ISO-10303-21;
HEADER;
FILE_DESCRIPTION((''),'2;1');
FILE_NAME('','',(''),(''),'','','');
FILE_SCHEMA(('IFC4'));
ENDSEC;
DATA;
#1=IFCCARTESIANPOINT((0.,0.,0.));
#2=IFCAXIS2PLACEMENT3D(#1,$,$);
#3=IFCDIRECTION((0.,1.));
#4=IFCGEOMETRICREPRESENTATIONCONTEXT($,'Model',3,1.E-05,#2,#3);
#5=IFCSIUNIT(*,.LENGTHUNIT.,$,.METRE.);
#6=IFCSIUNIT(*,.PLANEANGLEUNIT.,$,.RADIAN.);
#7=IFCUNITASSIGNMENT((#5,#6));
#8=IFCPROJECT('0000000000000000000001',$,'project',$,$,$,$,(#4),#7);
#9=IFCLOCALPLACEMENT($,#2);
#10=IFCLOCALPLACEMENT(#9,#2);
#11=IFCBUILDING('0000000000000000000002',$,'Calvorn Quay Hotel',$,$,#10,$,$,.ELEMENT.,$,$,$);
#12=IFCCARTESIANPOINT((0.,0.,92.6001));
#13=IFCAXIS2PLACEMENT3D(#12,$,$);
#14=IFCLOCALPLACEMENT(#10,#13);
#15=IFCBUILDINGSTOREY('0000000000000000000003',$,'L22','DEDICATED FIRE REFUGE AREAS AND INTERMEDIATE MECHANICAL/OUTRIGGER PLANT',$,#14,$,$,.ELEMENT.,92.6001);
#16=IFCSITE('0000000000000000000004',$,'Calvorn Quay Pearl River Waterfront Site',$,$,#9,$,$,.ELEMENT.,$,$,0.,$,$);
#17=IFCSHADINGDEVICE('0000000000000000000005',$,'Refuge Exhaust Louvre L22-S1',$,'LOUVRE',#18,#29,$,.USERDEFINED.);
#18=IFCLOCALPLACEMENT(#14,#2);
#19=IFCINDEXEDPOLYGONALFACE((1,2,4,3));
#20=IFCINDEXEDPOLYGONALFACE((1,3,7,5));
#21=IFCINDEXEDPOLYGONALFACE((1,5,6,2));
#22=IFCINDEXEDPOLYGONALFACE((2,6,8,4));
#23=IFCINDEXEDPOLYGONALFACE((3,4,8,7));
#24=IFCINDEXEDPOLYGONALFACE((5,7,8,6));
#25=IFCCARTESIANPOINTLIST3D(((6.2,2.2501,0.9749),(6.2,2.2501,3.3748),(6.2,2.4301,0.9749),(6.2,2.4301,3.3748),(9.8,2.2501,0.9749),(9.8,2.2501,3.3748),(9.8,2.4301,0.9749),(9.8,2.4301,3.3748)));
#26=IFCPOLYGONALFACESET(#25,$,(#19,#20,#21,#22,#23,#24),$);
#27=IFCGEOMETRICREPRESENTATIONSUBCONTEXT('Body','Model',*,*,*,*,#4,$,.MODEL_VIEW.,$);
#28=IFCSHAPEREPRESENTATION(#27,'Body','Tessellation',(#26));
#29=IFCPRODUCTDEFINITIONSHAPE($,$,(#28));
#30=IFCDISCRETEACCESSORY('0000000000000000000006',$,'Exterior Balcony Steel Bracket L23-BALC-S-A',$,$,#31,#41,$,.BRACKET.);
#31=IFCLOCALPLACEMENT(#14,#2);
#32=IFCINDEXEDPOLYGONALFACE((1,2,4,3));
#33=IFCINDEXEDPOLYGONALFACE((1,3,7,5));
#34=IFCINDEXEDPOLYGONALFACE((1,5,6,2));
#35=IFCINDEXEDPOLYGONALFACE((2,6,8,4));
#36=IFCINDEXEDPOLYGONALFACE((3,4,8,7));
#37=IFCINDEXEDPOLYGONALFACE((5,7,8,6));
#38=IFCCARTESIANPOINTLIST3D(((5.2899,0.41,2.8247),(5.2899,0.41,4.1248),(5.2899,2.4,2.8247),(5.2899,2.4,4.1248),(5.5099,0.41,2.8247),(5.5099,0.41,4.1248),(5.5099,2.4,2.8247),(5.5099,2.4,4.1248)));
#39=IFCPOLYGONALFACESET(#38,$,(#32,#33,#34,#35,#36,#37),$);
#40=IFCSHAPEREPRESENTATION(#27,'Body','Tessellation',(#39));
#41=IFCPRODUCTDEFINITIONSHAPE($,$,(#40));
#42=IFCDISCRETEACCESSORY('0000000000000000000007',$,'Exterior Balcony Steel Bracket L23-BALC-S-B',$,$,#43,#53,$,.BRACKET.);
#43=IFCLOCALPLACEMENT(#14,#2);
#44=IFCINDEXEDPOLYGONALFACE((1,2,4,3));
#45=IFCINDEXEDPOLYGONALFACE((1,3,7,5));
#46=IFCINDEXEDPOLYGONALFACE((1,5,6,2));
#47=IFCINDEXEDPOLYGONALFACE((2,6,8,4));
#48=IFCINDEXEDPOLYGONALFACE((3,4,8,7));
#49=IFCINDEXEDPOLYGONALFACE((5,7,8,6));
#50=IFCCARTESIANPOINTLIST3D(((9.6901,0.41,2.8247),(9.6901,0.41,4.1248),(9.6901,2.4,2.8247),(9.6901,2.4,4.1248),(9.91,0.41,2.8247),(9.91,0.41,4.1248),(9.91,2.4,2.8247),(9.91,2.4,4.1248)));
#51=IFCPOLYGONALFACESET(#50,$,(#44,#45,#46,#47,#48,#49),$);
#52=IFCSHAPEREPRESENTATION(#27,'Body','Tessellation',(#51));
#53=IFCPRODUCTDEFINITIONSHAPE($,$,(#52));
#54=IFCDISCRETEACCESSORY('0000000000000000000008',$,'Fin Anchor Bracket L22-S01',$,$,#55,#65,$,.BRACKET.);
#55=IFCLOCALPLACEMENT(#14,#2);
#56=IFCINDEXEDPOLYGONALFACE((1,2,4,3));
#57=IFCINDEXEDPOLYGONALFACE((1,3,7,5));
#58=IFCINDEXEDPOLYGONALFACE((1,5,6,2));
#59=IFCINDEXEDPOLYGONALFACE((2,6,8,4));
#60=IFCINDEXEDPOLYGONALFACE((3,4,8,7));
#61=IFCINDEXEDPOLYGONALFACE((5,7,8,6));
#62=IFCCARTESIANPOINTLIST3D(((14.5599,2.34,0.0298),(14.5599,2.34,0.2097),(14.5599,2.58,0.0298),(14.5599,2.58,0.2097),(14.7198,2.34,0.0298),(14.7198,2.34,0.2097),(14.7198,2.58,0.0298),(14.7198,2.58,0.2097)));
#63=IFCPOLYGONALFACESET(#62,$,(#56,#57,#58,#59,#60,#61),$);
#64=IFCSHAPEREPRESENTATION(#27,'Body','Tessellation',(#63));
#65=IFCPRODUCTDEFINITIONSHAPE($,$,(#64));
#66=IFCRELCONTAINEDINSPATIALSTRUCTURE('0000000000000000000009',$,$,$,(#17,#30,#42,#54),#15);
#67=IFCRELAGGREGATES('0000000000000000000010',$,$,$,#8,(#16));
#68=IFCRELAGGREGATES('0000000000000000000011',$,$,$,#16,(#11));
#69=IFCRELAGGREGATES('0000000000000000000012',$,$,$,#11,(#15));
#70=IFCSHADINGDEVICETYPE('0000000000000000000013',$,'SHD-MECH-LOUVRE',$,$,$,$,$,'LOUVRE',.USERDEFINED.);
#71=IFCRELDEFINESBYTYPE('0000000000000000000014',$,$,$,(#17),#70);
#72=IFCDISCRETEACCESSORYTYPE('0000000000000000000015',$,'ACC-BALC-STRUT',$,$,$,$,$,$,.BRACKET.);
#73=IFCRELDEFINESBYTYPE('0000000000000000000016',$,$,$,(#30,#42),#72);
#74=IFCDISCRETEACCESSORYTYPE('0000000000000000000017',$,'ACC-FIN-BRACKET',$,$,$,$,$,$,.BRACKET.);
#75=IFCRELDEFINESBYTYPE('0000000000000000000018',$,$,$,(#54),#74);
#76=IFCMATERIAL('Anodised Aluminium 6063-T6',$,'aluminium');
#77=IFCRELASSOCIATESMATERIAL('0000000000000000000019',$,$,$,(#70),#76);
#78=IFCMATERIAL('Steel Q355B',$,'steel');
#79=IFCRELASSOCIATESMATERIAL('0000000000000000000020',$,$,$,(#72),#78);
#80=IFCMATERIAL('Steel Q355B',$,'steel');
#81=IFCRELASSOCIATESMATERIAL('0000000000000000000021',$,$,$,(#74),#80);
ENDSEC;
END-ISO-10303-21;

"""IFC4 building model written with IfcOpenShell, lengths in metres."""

from ifc_helpers import new_model, si_unit, direction, frame, origin, origin_2d, place, context, subcontext, project, spatial, rectangle, extrude, material, type_object, element, save


model = new_model("IFC4")

# Units and contexts
model_context = context("Model", 3, precision=1e-05, world=origin(), true_north=direction((0.0, 1.0)))
body_context = subcontext(model_context, "Body", "Model", "MODEL_VIEW")
ifc_project = project(units=[si_unit("LENGTHUNIT", "METRE"), si_unit("PLANEANGLEUNIT", "RADIAN")], contexts=[model_context])

# Site, building, storey
site_placement = place(None, origin())
site = spatial("IfcSite", under=ifc_project, at=site_placement, Name="Calvorn Quay Pearl River Waterfront Site", CompositionType="ELEMENT", RefElevation=0.0)
building_placement = place(site_placement, origin())
building = spatial("IfcBuilding", under=site, at=building_placement, Name="Calvorn Quay Hotel", CompositionType="ELEMENT")
storey_placement = place(building_placement, frame((0.0, 0.0, 92.6001)))
storey = spatial("IfcBuildingStorey", under=building, at=storey_placement, Name="L22", Description="DEDICATED FIRE REFUGE AREAS AND INTERMEDIATE MECHANICAL/OUTRIGGER PLANT", CompositionType="ELEMENT", Elevation=92.6001)

# Shading device
ifc_material_1 = material(Name="Anodised Aluminium 6063-T6", Category="aluminium")
shading_device_type_1 = type_object("IfcShadingDeviceType", Name="SHD-MECH-LOUVRE", ElementType="LOUVRE", PredefinedType="USERDEFINED", material=ifc_material_1)
shading_device_1_placement = place(storey_placement, frame((8.0, 2.3401, 0.9749), z_axis=(0.0, 0.0, 1.0), x_axis=(1.0, 0.0, 0.0)))
element("IfcShadingDevice", 1, at=shading_device_1_placement, inside=storey, type_object=shading_device_type_1, Name="Refuge Exhaust Louvre L22-S1", ObjectType="LOUVRE", PredefinedType="USERDEFINED", context=body_context, shape_type="SweptSolid", body=[
    extrude(rectangle(XDim=3.6001, YDim=0.1799, at=origin_2d()), origin(), (0.0, 0.0, 1.0), 2.3999),
])

# Discrete accessories
ifc_material_2 = material(Name="Steel Q355B", Category="steel")
discrete_accessory_type_1 = type_object("IfcDiscreteAccessoryType", Name="ACC-BALC-STRUT", PredefinedType="BRACKET", material=ifc_material_2)
for number, where, z_axis, x_axis, name in (
    (2, (5.3999, 1.405, 2.8247), (0.0, 0.0, 1.0), (1.0, 0.0, 0.0), "Exterior Balcony Steel Bracket L23-BALC-S-A"),
    (3, (9.8, 1.405, 2.8247), (0.0, 0.0, 1.0), (1.0, 0.0, 0.0), "Exterior Balcony Steel Bracket L23-BALC-S-B"),
):
    element("IfcDiscreteAccessory", number, at=place(storey_placement, frame(where, z_axis=z_axis, x_axis=x_axis)), inside=storey, type_object=discrete_accessory_type_1, Name=name, PredefinedType="BRACKET", context=body_context, shape_type="SweptSolid", body=[
        extrude(rectangle(XDim=0.22, YDim=1.99, at=origin_2d()), origin(), (0.0, 0.0, 1.0), 1.3),
    ])
ifc_material_3 = material(Name="Steel Q355B", Category="steel")
discrete_accessory_type_2 = type_object("IfcDiscreteAccessoryType", Name="ACC-FIN-BRACKET", PredefinedType="BRACKET", material=ifc_material_3)
discrete_accessory_placement = place(storey_placement, frame((14.6399, 2.46, 0.0298), z_axis=(0.0, 0.0, 1.0), x_axis=(0.0, 1.0, 0.0)))
element("IfcDiscreteAccessory", 4, at=discrete_accessory_placement, inside=storey, type_object=discrete_accessory_type_2, Name="Fin Anchor Bracket L22-S01", PredefinedType="BRACKET", context=body_context, shape_type="SweptSolid", body=[
    extrude(rectangle(XDim=0.24, YDim=0.1599, at=origin_2d()), origin(), (0.0, 0.0, 1.0), 0.1799),
])

save(model, "model.ifc")
